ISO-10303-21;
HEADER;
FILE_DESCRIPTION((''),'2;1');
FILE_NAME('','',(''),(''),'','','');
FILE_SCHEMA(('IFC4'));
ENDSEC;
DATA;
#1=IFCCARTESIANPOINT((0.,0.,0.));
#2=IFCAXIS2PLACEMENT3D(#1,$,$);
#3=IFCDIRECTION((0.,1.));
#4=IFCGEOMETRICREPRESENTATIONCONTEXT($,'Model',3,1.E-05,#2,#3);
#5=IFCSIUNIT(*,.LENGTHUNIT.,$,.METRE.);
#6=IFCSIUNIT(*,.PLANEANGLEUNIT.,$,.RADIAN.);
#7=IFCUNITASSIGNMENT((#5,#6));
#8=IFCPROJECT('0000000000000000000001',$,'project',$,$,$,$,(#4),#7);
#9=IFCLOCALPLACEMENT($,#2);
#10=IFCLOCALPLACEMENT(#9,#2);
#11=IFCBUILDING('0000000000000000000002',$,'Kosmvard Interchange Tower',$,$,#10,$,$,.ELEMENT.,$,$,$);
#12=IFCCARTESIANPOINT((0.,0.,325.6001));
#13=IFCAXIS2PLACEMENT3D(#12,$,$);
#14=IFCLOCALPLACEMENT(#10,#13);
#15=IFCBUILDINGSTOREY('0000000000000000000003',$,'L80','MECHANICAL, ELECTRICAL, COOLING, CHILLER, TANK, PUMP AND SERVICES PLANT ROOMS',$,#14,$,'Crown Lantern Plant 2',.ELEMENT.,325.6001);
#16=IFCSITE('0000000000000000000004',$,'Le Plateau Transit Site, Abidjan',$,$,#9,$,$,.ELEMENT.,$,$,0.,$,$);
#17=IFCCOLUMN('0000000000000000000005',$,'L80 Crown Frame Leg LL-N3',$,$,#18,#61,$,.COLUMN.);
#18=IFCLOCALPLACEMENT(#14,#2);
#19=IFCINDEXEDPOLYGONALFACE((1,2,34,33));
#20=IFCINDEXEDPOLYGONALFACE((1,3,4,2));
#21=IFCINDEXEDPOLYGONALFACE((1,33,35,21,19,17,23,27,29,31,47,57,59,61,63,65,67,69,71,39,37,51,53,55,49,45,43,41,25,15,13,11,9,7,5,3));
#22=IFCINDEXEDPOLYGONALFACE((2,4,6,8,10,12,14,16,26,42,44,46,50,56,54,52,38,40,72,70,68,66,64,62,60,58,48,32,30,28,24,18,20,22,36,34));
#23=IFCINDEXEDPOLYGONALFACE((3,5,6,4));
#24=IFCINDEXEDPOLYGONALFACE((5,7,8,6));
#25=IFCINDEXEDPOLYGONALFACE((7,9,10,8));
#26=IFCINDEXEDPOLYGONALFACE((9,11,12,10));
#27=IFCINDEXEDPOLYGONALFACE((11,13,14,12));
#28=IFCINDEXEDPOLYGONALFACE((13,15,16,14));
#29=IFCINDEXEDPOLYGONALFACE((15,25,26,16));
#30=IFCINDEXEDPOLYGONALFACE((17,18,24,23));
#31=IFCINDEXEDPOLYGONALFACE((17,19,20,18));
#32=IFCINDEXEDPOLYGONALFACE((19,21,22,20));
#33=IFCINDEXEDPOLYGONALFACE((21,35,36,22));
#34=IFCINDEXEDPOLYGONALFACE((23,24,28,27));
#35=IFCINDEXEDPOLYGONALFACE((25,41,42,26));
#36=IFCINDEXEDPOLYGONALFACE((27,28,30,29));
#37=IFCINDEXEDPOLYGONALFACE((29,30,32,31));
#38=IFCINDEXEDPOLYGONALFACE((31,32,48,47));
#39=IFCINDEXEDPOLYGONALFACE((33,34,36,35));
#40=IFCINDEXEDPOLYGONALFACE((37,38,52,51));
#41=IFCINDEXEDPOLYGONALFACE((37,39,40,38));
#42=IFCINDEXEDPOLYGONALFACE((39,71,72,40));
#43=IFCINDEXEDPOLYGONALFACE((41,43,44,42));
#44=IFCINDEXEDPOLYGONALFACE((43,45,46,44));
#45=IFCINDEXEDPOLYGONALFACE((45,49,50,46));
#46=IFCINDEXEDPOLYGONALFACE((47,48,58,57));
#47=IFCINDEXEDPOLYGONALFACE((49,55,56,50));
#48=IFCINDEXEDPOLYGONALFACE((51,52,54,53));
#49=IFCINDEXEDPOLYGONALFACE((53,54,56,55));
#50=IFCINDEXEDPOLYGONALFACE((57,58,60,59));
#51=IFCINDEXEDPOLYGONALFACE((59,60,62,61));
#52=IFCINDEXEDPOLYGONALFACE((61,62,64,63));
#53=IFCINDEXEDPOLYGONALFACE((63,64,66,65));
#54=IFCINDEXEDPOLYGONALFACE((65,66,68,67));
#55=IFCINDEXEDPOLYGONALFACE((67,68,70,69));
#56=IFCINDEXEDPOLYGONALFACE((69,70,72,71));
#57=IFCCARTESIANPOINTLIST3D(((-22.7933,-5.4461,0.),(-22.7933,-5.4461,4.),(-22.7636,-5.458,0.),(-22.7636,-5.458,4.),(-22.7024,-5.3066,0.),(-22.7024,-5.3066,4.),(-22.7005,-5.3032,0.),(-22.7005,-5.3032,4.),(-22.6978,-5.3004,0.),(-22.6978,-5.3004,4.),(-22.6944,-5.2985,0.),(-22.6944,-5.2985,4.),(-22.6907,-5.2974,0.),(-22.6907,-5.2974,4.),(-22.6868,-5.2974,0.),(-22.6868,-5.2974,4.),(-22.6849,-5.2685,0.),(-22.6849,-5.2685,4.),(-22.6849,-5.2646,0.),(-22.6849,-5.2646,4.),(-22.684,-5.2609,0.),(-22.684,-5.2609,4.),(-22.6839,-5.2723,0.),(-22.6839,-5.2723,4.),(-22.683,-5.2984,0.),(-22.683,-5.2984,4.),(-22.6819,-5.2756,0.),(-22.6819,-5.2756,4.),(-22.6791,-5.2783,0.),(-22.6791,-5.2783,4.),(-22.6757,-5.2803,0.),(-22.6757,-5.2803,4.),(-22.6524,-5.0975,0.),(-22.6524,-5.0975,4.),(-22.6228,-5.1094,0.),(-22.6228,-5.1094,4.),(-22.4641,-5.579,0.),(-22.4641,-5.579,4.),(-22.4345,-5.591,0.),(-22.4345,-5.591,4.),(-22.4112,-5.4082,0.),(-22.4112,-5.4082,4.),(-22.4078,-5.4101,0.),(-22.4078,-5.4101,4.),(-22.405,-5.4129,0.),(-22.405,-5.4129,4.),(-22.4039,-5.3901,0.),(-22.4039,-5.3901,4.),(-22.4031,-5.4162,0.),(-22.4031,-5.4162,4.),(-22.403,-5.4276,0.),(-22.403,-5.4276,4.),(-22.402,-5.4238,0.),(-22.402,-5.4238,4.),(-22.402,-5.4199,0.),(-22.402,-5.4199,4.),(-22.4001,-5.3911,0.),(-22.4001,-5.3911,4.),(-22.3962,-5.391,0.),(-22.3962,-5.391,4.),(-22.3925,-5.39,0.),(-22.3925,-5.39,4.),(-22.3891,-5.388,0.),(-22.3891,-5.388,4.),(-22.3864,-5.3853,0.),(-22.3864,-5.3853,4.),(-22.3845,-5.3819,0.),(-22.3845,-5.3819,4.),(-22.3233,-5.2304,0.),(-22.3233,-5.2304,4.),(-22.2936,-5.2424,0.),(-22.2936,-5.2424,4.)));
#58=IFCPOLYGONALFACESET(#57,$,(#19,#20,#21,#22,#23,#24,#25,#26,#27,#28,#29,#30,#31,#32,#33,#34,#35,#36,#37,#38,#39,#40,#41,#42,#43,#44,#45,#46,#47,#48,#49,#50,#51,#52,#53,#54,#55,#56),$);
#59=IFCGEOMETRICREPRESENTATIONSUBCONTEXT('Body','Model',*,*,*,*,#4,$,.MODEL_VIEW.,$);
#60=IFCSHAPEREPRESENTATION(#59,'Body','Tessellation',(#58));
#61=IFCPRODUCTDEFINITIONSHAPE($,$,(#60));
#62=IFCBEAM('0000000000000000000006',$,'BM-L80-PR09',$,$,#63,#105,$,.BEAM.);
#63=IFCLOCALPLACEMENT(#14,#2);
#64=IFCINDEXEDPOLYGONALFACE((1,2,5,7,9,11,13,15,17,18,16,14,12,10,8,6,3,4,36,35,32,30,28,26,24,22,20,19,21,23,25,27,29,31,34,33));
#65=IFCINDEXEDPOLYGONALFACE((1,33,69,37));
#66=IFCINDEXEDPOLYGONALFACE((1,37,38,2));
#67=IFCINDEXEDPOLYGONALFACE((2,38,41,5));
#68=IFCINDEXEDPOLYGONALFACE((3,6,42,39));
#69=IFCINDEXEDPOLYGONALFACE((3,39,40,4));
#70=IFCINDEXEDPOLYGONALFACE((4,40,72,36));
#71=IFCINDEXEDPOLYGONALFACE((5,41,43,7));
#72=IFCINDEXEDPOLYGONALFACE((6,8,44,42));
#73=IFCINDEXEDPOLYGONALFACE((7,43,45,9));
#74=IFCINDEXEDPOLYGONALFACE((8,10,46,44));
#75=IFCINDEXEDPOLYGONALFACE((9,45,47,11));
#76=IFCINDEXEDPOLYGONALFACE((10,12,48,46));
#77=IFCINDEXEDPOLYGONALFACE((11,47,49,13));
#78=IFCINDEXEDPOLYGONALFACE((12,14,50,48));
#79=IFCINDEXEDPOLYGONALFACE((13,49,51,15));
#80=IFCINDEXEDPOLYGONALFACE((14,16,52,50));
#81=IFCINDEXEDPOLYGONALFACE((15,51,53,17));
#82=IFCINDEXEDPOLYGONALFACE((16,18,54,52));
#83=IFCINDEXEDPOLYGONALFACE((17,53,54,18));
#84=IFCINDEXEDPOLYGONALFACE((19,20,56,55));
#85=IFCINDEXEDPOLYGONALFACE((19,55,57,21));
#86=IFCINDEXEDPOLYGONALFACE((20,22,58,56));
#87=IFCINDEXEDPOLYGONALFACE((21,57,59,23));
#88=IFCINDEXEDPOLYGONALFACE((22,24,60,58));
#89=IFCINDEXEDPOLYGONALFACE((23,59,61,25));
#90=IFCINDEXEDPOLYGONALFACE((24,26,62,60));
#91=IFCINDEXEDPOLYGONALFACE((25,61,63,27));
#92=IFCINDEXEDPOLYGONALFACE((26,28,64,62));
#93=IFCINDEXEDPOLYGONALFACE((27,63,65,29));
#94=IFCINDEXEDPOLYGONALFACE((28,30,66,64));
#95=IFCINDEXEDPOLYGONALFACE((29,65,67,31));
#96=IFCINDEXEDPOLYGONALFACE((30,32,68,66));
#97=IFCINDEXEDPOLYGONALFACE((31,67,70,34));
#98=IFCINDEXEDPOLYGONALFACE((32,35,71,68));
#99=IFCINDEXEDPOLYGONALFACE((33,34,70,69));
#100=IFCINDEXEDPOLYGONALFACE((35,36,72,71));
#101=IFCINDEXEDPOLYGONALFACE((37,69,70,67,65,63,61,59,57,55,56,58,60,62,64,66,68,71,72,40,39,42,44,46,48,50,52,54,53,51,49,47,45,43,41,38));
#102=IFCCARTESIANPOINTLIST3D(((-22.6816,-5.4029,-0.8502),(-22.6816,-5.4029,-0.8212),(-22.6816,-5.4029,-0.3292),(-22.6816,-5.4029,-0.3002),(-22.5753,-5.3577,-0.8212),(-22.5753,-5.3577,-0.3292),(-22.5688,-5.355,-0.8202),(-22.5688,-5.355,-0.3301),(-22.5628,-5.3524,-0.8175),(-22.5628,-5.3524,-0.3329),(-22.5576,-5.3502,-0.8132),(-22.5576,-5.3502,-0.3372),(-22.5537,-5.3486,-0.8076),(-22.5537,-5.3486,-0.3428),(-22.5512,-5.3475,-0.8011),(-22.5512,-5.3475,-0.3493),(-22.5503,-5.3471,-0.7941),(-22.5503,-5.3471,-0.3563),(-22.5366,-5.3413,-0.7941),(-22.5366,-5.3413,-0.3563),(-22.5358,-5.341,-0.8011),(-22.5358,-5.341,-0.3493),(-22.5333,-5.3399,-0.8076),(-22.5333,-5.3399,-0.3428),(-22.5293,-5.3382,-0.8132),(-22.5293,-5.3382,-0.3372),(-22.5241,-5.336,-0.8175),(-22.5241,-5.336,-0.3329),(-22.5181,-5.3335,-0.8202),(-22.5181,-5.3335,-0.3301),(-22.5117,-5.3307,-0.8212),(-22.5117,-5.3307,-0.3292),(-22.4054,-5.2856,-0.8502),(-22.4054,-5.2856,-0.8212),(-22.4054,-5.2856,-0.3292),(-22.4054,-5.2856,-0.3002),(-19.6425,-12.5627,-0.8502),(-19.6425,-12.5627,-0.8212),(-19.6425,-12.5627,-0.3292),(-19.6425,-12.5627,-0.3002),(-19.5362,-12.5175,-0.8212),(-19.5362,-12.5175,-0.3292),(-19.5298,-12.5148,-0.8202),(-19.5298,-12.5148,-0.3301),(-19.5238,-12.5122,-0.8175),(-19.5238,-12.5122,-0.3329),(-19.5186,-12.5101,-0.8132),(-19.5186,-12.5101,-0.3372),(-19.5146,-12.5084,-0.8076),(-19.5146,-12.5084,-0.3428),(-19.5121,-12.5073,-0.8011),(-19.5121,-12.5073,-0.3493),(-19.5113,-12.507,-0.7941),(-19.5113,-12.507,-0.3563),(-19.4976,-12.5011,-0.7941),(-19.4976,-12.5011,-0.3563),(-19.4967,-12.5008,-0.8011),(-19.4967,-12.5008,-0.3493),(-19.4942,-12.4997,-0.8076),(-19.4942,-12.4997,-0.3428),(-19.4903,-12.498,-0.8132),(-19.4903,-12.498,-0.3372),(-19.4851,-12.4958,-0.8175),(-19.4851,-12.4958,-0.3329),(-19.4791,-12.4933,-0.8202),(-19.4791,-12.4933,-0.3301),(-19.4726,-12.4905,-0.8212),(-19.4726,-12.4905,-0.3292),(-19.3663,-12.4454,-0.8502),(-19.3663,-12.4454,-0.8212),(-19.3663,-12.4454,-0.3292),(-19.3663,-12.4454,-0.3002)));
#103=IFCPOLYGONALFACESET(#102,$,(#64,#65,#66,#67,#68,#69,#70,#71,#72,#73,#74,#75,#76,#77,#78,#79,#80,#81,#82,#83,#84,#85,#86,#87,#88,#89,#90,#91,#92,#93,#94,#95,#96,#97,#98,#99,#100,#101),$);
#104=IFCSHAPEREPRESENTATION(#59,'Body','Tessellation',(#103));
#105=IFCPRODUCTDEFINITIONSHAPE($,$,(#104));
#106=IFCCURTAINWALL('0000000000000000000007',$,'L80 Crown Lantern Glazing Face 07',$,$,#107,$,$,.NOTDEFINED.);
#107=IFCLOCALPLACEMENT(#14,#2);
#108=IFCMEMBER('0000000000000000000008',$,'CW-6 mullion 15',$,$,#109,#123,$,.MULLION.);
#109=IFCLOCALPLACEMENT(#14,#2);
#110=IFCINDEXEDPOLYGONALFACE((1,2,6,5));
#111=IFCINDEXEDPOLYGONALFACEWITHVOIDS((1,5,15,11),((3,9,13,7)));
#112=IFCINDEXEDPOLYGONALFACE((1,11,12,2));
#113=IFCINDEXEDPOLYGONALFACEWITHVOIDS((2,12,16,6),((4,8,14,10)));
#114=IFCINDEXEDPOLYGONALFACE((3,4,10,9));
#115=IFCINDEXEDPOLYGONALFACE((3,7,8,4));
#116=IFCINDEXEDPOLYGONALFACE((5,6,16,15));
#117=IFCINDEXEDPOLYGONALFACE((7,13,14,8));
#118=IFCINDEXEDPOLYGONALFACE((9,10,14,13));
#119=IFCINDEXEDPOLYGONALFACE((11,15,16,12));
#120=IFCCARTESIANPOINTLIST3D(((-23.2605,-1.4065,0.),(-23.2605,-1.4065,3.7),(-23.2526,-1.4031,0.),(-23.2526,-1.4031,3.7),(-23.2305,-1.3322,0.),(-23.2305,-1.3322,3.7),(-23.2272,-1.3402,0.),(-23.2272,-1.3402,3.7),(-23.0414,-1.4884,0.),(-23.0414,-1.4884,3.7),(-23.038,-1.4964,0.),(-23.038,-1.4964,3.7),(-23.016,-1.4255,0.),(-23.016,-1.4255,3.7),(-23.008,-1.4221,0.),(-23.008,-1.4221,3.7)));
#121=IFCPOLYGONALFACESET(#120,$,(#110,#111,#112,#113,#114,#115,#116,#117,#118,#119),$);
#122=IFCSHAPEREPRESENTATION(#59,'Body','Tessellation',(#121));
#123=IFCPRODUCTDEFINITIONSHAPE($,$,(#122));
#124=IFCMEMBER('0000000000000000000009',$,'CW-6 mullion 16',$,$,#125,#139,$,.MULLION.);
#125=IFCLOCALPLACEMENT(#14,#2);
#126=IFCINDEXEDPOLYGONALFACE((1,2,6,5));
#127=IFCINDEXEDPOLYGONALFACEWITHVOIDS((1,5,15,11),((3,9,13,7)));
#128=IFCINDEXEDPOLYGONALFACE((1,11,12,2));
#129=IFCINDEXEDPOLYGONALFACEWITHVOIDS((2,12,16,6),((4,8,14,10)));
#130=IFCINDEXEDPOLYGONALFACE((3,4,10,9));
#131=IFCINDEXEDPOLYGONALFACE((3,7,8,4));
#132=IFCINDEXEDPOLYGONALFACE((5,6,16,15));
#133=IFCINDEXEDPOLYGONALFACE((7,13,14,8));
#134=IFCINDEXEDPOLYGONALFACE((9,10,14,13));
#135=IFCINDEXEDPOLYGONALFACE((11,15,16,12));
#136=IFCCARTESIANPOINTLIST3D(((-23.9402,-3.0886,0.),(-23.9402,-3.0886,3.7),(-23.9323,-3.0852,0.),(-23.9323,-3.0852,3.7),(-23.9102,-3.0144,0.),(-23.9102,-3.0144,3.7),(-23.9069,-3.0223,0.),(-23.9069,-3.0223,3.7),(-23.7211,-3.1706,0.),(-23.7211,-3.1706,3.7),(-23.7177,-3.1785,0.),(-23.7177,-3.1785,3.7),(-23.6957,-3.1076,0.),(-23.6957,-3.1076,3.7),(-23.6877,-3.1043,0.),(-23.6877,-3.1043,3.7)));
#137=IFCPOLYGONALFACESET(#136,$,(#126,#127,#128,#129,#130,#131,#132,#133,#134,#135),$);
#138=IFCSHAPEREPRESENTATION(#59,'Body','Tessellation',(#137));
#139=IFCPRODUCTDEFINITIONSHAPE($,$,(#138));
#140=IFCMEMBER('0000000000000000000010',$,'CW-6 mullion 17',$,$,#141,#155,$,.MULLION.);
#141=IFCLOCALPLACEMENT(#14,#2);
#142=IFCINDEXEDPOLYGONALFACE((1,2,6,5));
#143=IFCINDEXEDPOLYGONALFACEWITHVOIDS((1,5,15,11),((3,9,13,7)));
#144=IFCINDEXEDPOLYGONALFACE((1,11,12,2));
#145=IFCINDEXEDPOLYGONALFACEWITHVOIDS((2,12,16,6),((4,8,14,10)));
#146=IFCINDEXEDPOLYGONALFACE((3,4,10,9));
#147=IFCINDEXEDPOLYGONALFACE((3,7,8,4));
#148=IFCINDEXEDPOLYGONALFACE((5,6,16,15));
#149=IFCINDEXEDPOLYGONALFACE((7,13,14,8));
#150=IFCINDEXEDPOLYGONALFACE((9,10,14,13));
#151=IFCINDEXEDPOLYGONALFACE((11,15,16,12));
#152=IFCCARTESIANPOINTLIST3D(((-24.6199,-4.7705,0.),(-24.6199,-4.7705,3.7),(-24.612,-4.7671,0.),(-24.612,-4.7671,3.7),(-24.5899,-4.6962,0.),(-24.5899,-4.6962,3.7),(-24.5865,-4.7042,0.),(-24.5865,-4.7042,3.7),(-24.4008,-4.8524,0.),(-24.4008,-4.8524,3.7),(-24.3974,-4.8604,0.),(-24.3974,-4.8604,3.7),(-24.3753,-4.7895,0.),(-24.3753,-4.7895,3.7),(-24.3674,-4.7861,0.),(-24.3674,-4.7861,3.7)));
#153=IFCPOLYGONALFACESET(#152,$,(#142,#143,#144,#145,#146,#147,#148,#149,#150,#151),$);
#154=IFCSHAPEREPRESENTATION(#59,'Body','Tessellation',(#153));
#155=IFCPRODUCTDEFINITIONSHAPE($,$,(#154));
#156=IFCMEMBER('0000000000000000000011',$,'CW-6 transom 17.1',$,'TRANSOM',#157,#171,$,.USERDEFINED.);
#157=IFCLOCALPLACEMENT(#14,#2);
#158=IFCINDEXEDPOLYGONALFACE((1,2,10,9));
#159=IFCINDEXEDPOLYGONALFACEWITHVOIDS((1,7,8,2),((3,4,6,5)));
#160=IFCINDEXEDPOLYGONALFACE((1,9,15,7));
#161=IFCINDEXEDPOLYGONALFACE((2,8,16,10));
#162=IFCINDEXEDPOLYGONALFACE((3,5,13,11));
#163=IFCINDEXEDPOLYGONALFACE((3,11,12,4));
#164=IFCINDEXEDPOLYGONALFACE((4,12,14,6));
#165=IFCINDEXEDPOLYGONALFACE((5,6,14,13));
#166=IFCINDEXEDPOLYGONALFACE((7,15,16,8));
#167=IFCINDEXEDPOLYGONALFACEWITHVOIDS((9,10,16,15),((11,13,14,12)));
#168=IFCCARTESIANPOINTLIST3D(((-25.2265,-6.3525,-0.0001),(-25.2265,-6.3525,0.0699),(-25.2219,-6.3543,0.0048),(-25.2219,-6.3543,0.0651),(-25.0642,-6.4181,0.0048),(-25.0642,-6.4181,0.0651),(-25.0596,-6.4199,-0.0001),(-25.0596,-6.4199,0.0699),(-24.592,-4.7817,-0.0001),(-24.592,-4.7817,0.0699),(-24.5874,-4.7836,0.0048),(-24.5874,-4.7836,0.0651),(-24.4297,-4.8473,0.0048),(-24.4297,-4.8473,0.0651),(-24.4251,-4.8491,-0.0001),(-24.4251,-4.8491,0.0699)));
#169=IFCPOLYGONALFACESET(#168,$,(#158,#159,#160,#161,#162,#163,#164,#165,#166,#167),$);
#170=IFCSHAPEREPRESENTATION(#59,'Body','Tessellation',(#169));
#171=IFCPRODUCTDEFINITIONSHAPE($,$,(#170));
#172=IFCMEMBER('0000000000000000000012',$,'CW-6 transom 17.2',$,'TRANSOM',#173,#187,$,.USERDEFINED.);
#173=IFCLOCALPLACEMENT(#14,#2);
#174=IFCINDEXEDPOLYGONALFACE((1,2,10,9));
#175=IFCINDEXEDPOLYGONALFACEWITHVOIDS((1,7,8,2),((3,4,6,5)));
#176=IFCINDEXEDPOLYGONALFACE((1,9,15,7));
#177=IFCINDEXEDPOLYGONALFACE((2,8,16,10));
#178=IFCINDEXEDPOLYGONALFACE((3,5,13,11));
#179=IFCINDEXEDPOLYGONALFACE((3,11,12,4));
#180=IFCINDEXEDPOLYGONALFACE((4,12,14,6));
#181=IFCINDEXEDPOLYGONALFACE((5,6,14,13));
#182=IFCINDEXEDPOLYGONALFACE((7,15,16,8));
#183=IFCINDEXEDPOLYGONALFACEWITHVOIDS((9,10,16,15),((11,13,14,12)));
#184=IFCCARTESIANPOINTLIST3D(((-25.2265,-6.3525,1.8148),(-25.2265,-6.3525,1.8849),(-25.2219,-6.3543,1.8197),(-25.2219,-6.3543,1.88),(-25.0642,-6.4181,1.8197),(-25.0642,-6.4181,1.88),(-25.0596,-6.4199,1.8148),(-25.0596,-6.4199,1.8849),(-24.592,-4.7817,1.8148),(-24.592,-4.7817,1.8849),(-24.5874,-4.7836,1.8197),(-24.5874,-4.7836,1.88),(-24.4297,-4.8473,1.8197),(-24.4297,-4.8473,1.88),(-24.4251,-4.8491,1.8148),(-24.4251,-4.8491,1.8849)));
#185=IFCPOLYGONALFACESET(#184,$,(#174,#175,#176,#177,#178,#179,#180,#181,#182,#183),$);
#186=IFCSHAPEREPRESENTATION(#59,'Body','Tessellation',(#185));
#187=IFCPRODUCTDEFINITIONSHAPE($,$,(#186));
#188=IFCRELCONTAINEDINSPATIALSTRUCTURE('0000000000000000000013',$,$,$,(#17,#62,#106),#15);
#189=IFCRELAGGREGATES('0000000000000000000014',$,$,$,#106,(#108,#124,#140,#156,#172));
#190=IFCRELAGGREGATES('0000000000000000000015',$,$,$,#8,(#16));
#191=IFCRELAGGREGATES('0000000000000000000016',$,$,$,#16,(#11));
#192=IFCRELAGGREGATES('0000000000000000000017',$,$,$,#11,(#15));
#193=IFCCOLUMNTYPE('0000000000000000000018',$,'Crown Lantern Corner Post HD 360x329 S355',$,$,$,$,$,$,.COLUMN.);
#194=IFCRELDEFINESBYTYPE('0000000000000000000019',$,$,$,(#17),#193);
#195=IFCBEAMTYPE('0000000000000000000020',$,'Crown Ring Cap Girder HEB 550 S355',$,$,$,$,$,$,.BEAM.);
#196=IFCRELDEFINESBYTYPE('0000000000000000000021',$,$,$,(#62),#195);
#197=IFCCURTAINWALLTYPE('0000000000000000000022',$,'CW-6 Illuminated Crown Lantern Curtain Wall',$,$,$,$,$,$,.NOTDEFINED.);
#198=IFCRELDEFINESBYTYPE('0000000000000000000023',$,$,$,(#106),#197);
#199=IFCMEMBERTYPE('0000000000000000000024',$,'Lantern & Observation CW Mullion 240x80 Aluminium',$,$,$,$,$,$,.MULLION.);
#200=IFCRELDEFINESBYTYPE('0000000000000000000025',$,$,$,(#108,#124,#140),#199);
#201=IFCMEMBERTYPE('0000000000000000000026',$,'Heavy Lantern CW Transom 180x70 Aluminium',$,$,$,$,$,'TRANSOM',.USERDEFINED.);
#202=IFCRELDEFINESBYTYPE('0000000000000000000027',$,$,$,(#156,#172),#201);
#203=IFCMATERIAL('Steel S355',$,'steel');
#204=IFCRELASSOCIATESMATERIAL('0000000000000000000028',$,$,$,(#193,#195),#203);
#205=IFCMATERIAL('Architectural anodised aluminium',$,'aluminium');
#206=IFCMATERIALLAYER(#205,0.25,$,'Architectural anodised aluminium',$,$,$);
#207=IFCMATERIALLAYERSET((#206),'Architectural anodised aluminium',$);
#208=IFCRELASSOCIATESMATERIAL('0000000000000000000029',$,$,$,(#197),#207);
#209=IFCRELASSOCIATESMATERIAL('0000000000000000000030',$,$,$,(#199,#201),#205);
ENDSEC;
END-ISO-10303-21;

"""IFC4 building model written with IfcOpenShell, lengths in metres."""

from ifc_helpers import new_model, si_unit, direction, frame, origin, origin_2d, place, context, subcontext, project, spatial, hollow_rectangle, i_section, extrude, source, transform, mapped, material, layer, layer_set, material_profile, profile_set, type_object, element, aggregate, save


model = new_model("IFC4")

# Units and contexts
model_context = context("Model", 3, precision=1e-05, world=origin(), true_north=direction((0.0, 1.0)))
body_context = subcontext(model_context, "Body", "Model", "MODEL_VIEW")
ifc_project = project(units=[si_unit("LENGTHUNIT", "METRE"), si_unit("PLANEANGLEUNIT", "RADIAN")], contexts=[model_context])

# Site, building, storey
site_placement = place(None, origin())
site = spatial("IfcSite", under=ifc_project, at=site_placement, Name="Le Plateau Transit Site, Abidjan", CompositionType="ELEMENT", RefElevation=0.0)
building_placement = place(site_placement, origin())
building = spatial("IfcBuilding", under=site, at=building_placement, Name="Kosmvard Interchange Tower", CompositionType="ELEMENT")
storey_placement = place(building_placement, frame((0.0, 0.0, 325.6001)))
storey = spatial("IfcBuildingStorey", under=building, at=storey_placement, Name="L80", Description="MECHANICAL, ELECTRICAL, COOLING, CHILLER, TANK, PUMP AND SERVICES PLANT ROOMS", LongName="Crown Lantern Plant 2", CompositionType="ELEMENT", Elevation=325.6001)

# Column
ifc_material_1 = material(Name="Steel S355", Category="steel")
ifc_material_profile_1 = material_profile(ifc_material_1, i_section(OverallWidth=0.376, OverallDepth=0.387, WebThickness=0.0195, FlangeThickness=0.032, FilletRadius=0.0149, at=origin_2d()), Name="HD 360x329")
ifc_profile_set_1 = profile_set([ifc_material_profile_1], Name="Steel S355")
column_type = type_object("IfcColumnType", Name="Crown Lantern Corner Post HD 360x329 S355", PredefinedType="COLUMN", material=ifc_profile_set_1)
shared_shape_1 = source(origin(), body_context, "Body", "SweptSolid", [
    extrude(i_section(OverallWidth=0.376, OverallDepth=0.387, WebThickness=0.0195, FlangeThickness=0.032, FilletRadius=0.0149, at=origin_2d()), origin(), (0.0, 0.0, 1.0), 4.0),
])
column_placement = place(storey_placement, frame((-22.5435, -5.3442, 0.0), z_axis=(0.0, 0.0, 1.0), x_axis=(0.374607, 0.927184, 0.0)))
element("IfcColumn", 1, at=column_placement, inside=storey, type_object=column_type, Name="L80 Crown Frame Leg LL-N3", PredefinedType="COLUMN", context=body_context, shape_type="MappedRepresentation", body=[
    mapped(shared_shape_1, transform((0.0, 0.0, 0.0), scale=1.0)),
])

# Beam
ifc_material_profile_2 = material_profile(ifc_material_1, i_section(OverallWidth=0.3, OverallDepth=0.55, WebThickness=0.0149, FlangeThickness=0.0291, FilletRadius=0.0271, at=origin_2d()), Name="HEB 550")
ifc_profile_set_2 = profile_set([ifc_material_profile_2], Name="Steel S355")
beam_type = type_object("IfcBeamType", Name="Crown Ring Cap Girder HEB 550 S355", PredefinedType="BEAM", material=ifc_profile_set_2)
shared_shape_2 = source(origin(), body_context, "Body", "SweptSolid", [
    extrude(i_section(OverallWidth=0.3, OverallDepth=0.55, WebThickness=0.0149, FlangeThickness=0.0291, FilletRadius=0.0271, at=origin_2d()), origin(), (0.0, 0.0, 1.0), 7.7781),
])
beam_placement = place(storey_placement, frame((-22.5435, -5.3442, -0.5752), z_axis=(0.390716, -0.920511, 0.0), x_axis=(0.920511, 0.390716, 0.0)))
element("IfcBeam", 2, at=beam_placement, inside=storey, type_object=beam_type, Name="BM-L80-PR09", PredefinedType="BEAM", context=body_context, shape_type="MappedRepresentation", body=[
    mapped(shared_shape_2, transform((0.0, 0.0, 0.0), scale=1.0)),
])

# Curtain wall, members
ifc_material_2 = material(Name="Architectural anodised aluminium", Category="aluminium")
ifc_layer_1 = layer(ifc_material_2, 0.25, Name="Architectural anodised aluminium")
ifc_layer_set_1 = layer_set([ifc_layer_1], Name="Architectural anodised aluminium")
curtain_wall_type = type_object("IfcCurtainWallType", Name="CW-6 Illuminated Crown Lantern Curtain Wall", PredefinedType="NOTDEFINED", material=ifc_layer_set_1)
curtain_wall_placement = place(storey_placement, origin())
curtain_wall = element("IfcCurtainWall", 3, at=curtain_wall_placement, inside=storey, type_object=curtain_wall_type, Name="L80 Crown Lantern Glazing Face 07", PredefinedType="NOTDEFINED")
ifc_material_profile_3 = material_profile(ifc_material_2, hollow_rectangle(XDim=0.24, YDim=0.0801, WallThickness=0.0061, at=origin_2d()), Name="CWM 240x80x6")
ifc_profile_set_3 = profile_set([ifc_material_profile_3], Name="Architectural anodised aluminium")
member_type_1 = type_object("IfcMemberType", Name="Lantern & Observation CW Mullion 240x80 Aluminium", PredefinedType="MULLION", material=ifc_profile_set_3)
shared_shape_3 = source(origin(), body_context, "Body", "SweptSolid", [
    extrude(hollow_rectangle(XDim=0.24, YDim=0.0801, WallThickness=0.0061, at=origin_2d()), origin(), (0.0, 0.0, 1.0), 3.7),
])
member_1_placement = place(storey_placement, frame((-23.1343, -1.4143, 0.0), z_axis=(0.0, 0.0, 1.0), x_axis=(0.927184, -0.374607, 0.0)))
member_1 = element("IfcMember", 4, at=member_1_placement, type_object=member_type_1, Name="CW-6 mullion 15", PredefinedType="MULLION", context=body_context, shape_type="MappedRepresentation", body=[
    mapped(shared_shape_3, transform((0.0, 0.0, 0.0), scale=1.0)),
])
member_2_placement = place(storey_placement, frame((-23.814, -3.0964, 0.0), z_axis=(0.0, 0.0, 1.0), x_axis=(0.927184, -0.374607, 0.0)))
member_2 = element("IfcMember", 5, at=member_2_placement, type_object=member_type_1, Name="CW-6 mullion 16", PredefinedType="MULLION", context=body_context, shape_type="MappedRepresentation", body=[
    mapped(shared_shape_3, transform((0.0, 0.0, 0.0), scale=1.0)),
])
member_3_placement = place(storey_placement, frame((-24.4937, -4.7783, 0.0), z_axis=(0.0, 0.0, 1.0), x_axis=(0.927184, -0.374607, 0.0)))
member_3 = element("IfcMember", 6, at=member_3_placement, type_object=member_type_1, Name="CW-6 mullion 17", PredefinedType="MULLION", context=body_context, shape_type="MappedRepresentation", body=[
    mapped(shared_shape_3, transform((0.0, 0.0, 0.0), scale=1.0)),
])
ifc_material_profile_4 = material_profile(ifc_material_2, hollow_rectangle(XDim=0.1799, YDim=0.0701, WallThickness=0.0049, at=origin_2d()), Name="CWT 180x70x5")
ifc_profile_set_4 = profile_set([ifc_material_profile_4], Name="Architectural anodised aluminium")
member_type_2 = type_object("IfcMemberType", Name="Heavy Lantern CW Transom 180x70 Aluminium", ElementType="TRANSOM", PredefinedType="USERDEFINED", material=ifc_profile_set_4)
shared_shape_4 = source(origin(), body_context, "Body", "SweptSolid", [
    extrude(hollow_rectangle(XDim=0.1799, YDim=0.0701, WallThickness=0.0049, at=origin_2d()), origin(), (0.0, 0.0, 1.0), 1.6941),
])
member_4_placement = place(storey_placement, frame((-24.5085, -4.8154, 0.0349), z_axis=(-0.374544, -0.927209, 0.0), x_axis=(0.927209, -0.374544, 0.0)))
member_4 = element("IfcMember", 7, at=member_4_placement, type_object=member_type_2, Name="CW-6 transom 17.1", ObjectType="TRANSOM", PredefinedType="USERDEFINED", context=body_context, shape_type="MappedRepresentation", body=[
    mapped(shared_shape_4, transform((0.0, 0.0, 0.0), scale=1.0)),
])
member_5_placement = place(storey_placement, frame((-24.5085, -4.8154, 1.8499), z_axis=(-0.374544, -0.927209, 0.0), x_axis=(0.927209, -0.374544, 0.0)))
member_5 = element("IfcMember", 8, at=member_5_placement, type_object=member_type_2, Name="CW-6 transom 17.2", ObjectType="TRANSOM", PredefinedType="USERDEFINED", context=body_context, shape_type="MappedRepresentation", body=[
    mapped(shared_shape_4, transform((0.0, 0.0, 0.0), scale=1.0)),
])

aggregate(curtain_wall, [member_1, member_2, member_3, member_4, member_5])

save(model, "model.ifc")
